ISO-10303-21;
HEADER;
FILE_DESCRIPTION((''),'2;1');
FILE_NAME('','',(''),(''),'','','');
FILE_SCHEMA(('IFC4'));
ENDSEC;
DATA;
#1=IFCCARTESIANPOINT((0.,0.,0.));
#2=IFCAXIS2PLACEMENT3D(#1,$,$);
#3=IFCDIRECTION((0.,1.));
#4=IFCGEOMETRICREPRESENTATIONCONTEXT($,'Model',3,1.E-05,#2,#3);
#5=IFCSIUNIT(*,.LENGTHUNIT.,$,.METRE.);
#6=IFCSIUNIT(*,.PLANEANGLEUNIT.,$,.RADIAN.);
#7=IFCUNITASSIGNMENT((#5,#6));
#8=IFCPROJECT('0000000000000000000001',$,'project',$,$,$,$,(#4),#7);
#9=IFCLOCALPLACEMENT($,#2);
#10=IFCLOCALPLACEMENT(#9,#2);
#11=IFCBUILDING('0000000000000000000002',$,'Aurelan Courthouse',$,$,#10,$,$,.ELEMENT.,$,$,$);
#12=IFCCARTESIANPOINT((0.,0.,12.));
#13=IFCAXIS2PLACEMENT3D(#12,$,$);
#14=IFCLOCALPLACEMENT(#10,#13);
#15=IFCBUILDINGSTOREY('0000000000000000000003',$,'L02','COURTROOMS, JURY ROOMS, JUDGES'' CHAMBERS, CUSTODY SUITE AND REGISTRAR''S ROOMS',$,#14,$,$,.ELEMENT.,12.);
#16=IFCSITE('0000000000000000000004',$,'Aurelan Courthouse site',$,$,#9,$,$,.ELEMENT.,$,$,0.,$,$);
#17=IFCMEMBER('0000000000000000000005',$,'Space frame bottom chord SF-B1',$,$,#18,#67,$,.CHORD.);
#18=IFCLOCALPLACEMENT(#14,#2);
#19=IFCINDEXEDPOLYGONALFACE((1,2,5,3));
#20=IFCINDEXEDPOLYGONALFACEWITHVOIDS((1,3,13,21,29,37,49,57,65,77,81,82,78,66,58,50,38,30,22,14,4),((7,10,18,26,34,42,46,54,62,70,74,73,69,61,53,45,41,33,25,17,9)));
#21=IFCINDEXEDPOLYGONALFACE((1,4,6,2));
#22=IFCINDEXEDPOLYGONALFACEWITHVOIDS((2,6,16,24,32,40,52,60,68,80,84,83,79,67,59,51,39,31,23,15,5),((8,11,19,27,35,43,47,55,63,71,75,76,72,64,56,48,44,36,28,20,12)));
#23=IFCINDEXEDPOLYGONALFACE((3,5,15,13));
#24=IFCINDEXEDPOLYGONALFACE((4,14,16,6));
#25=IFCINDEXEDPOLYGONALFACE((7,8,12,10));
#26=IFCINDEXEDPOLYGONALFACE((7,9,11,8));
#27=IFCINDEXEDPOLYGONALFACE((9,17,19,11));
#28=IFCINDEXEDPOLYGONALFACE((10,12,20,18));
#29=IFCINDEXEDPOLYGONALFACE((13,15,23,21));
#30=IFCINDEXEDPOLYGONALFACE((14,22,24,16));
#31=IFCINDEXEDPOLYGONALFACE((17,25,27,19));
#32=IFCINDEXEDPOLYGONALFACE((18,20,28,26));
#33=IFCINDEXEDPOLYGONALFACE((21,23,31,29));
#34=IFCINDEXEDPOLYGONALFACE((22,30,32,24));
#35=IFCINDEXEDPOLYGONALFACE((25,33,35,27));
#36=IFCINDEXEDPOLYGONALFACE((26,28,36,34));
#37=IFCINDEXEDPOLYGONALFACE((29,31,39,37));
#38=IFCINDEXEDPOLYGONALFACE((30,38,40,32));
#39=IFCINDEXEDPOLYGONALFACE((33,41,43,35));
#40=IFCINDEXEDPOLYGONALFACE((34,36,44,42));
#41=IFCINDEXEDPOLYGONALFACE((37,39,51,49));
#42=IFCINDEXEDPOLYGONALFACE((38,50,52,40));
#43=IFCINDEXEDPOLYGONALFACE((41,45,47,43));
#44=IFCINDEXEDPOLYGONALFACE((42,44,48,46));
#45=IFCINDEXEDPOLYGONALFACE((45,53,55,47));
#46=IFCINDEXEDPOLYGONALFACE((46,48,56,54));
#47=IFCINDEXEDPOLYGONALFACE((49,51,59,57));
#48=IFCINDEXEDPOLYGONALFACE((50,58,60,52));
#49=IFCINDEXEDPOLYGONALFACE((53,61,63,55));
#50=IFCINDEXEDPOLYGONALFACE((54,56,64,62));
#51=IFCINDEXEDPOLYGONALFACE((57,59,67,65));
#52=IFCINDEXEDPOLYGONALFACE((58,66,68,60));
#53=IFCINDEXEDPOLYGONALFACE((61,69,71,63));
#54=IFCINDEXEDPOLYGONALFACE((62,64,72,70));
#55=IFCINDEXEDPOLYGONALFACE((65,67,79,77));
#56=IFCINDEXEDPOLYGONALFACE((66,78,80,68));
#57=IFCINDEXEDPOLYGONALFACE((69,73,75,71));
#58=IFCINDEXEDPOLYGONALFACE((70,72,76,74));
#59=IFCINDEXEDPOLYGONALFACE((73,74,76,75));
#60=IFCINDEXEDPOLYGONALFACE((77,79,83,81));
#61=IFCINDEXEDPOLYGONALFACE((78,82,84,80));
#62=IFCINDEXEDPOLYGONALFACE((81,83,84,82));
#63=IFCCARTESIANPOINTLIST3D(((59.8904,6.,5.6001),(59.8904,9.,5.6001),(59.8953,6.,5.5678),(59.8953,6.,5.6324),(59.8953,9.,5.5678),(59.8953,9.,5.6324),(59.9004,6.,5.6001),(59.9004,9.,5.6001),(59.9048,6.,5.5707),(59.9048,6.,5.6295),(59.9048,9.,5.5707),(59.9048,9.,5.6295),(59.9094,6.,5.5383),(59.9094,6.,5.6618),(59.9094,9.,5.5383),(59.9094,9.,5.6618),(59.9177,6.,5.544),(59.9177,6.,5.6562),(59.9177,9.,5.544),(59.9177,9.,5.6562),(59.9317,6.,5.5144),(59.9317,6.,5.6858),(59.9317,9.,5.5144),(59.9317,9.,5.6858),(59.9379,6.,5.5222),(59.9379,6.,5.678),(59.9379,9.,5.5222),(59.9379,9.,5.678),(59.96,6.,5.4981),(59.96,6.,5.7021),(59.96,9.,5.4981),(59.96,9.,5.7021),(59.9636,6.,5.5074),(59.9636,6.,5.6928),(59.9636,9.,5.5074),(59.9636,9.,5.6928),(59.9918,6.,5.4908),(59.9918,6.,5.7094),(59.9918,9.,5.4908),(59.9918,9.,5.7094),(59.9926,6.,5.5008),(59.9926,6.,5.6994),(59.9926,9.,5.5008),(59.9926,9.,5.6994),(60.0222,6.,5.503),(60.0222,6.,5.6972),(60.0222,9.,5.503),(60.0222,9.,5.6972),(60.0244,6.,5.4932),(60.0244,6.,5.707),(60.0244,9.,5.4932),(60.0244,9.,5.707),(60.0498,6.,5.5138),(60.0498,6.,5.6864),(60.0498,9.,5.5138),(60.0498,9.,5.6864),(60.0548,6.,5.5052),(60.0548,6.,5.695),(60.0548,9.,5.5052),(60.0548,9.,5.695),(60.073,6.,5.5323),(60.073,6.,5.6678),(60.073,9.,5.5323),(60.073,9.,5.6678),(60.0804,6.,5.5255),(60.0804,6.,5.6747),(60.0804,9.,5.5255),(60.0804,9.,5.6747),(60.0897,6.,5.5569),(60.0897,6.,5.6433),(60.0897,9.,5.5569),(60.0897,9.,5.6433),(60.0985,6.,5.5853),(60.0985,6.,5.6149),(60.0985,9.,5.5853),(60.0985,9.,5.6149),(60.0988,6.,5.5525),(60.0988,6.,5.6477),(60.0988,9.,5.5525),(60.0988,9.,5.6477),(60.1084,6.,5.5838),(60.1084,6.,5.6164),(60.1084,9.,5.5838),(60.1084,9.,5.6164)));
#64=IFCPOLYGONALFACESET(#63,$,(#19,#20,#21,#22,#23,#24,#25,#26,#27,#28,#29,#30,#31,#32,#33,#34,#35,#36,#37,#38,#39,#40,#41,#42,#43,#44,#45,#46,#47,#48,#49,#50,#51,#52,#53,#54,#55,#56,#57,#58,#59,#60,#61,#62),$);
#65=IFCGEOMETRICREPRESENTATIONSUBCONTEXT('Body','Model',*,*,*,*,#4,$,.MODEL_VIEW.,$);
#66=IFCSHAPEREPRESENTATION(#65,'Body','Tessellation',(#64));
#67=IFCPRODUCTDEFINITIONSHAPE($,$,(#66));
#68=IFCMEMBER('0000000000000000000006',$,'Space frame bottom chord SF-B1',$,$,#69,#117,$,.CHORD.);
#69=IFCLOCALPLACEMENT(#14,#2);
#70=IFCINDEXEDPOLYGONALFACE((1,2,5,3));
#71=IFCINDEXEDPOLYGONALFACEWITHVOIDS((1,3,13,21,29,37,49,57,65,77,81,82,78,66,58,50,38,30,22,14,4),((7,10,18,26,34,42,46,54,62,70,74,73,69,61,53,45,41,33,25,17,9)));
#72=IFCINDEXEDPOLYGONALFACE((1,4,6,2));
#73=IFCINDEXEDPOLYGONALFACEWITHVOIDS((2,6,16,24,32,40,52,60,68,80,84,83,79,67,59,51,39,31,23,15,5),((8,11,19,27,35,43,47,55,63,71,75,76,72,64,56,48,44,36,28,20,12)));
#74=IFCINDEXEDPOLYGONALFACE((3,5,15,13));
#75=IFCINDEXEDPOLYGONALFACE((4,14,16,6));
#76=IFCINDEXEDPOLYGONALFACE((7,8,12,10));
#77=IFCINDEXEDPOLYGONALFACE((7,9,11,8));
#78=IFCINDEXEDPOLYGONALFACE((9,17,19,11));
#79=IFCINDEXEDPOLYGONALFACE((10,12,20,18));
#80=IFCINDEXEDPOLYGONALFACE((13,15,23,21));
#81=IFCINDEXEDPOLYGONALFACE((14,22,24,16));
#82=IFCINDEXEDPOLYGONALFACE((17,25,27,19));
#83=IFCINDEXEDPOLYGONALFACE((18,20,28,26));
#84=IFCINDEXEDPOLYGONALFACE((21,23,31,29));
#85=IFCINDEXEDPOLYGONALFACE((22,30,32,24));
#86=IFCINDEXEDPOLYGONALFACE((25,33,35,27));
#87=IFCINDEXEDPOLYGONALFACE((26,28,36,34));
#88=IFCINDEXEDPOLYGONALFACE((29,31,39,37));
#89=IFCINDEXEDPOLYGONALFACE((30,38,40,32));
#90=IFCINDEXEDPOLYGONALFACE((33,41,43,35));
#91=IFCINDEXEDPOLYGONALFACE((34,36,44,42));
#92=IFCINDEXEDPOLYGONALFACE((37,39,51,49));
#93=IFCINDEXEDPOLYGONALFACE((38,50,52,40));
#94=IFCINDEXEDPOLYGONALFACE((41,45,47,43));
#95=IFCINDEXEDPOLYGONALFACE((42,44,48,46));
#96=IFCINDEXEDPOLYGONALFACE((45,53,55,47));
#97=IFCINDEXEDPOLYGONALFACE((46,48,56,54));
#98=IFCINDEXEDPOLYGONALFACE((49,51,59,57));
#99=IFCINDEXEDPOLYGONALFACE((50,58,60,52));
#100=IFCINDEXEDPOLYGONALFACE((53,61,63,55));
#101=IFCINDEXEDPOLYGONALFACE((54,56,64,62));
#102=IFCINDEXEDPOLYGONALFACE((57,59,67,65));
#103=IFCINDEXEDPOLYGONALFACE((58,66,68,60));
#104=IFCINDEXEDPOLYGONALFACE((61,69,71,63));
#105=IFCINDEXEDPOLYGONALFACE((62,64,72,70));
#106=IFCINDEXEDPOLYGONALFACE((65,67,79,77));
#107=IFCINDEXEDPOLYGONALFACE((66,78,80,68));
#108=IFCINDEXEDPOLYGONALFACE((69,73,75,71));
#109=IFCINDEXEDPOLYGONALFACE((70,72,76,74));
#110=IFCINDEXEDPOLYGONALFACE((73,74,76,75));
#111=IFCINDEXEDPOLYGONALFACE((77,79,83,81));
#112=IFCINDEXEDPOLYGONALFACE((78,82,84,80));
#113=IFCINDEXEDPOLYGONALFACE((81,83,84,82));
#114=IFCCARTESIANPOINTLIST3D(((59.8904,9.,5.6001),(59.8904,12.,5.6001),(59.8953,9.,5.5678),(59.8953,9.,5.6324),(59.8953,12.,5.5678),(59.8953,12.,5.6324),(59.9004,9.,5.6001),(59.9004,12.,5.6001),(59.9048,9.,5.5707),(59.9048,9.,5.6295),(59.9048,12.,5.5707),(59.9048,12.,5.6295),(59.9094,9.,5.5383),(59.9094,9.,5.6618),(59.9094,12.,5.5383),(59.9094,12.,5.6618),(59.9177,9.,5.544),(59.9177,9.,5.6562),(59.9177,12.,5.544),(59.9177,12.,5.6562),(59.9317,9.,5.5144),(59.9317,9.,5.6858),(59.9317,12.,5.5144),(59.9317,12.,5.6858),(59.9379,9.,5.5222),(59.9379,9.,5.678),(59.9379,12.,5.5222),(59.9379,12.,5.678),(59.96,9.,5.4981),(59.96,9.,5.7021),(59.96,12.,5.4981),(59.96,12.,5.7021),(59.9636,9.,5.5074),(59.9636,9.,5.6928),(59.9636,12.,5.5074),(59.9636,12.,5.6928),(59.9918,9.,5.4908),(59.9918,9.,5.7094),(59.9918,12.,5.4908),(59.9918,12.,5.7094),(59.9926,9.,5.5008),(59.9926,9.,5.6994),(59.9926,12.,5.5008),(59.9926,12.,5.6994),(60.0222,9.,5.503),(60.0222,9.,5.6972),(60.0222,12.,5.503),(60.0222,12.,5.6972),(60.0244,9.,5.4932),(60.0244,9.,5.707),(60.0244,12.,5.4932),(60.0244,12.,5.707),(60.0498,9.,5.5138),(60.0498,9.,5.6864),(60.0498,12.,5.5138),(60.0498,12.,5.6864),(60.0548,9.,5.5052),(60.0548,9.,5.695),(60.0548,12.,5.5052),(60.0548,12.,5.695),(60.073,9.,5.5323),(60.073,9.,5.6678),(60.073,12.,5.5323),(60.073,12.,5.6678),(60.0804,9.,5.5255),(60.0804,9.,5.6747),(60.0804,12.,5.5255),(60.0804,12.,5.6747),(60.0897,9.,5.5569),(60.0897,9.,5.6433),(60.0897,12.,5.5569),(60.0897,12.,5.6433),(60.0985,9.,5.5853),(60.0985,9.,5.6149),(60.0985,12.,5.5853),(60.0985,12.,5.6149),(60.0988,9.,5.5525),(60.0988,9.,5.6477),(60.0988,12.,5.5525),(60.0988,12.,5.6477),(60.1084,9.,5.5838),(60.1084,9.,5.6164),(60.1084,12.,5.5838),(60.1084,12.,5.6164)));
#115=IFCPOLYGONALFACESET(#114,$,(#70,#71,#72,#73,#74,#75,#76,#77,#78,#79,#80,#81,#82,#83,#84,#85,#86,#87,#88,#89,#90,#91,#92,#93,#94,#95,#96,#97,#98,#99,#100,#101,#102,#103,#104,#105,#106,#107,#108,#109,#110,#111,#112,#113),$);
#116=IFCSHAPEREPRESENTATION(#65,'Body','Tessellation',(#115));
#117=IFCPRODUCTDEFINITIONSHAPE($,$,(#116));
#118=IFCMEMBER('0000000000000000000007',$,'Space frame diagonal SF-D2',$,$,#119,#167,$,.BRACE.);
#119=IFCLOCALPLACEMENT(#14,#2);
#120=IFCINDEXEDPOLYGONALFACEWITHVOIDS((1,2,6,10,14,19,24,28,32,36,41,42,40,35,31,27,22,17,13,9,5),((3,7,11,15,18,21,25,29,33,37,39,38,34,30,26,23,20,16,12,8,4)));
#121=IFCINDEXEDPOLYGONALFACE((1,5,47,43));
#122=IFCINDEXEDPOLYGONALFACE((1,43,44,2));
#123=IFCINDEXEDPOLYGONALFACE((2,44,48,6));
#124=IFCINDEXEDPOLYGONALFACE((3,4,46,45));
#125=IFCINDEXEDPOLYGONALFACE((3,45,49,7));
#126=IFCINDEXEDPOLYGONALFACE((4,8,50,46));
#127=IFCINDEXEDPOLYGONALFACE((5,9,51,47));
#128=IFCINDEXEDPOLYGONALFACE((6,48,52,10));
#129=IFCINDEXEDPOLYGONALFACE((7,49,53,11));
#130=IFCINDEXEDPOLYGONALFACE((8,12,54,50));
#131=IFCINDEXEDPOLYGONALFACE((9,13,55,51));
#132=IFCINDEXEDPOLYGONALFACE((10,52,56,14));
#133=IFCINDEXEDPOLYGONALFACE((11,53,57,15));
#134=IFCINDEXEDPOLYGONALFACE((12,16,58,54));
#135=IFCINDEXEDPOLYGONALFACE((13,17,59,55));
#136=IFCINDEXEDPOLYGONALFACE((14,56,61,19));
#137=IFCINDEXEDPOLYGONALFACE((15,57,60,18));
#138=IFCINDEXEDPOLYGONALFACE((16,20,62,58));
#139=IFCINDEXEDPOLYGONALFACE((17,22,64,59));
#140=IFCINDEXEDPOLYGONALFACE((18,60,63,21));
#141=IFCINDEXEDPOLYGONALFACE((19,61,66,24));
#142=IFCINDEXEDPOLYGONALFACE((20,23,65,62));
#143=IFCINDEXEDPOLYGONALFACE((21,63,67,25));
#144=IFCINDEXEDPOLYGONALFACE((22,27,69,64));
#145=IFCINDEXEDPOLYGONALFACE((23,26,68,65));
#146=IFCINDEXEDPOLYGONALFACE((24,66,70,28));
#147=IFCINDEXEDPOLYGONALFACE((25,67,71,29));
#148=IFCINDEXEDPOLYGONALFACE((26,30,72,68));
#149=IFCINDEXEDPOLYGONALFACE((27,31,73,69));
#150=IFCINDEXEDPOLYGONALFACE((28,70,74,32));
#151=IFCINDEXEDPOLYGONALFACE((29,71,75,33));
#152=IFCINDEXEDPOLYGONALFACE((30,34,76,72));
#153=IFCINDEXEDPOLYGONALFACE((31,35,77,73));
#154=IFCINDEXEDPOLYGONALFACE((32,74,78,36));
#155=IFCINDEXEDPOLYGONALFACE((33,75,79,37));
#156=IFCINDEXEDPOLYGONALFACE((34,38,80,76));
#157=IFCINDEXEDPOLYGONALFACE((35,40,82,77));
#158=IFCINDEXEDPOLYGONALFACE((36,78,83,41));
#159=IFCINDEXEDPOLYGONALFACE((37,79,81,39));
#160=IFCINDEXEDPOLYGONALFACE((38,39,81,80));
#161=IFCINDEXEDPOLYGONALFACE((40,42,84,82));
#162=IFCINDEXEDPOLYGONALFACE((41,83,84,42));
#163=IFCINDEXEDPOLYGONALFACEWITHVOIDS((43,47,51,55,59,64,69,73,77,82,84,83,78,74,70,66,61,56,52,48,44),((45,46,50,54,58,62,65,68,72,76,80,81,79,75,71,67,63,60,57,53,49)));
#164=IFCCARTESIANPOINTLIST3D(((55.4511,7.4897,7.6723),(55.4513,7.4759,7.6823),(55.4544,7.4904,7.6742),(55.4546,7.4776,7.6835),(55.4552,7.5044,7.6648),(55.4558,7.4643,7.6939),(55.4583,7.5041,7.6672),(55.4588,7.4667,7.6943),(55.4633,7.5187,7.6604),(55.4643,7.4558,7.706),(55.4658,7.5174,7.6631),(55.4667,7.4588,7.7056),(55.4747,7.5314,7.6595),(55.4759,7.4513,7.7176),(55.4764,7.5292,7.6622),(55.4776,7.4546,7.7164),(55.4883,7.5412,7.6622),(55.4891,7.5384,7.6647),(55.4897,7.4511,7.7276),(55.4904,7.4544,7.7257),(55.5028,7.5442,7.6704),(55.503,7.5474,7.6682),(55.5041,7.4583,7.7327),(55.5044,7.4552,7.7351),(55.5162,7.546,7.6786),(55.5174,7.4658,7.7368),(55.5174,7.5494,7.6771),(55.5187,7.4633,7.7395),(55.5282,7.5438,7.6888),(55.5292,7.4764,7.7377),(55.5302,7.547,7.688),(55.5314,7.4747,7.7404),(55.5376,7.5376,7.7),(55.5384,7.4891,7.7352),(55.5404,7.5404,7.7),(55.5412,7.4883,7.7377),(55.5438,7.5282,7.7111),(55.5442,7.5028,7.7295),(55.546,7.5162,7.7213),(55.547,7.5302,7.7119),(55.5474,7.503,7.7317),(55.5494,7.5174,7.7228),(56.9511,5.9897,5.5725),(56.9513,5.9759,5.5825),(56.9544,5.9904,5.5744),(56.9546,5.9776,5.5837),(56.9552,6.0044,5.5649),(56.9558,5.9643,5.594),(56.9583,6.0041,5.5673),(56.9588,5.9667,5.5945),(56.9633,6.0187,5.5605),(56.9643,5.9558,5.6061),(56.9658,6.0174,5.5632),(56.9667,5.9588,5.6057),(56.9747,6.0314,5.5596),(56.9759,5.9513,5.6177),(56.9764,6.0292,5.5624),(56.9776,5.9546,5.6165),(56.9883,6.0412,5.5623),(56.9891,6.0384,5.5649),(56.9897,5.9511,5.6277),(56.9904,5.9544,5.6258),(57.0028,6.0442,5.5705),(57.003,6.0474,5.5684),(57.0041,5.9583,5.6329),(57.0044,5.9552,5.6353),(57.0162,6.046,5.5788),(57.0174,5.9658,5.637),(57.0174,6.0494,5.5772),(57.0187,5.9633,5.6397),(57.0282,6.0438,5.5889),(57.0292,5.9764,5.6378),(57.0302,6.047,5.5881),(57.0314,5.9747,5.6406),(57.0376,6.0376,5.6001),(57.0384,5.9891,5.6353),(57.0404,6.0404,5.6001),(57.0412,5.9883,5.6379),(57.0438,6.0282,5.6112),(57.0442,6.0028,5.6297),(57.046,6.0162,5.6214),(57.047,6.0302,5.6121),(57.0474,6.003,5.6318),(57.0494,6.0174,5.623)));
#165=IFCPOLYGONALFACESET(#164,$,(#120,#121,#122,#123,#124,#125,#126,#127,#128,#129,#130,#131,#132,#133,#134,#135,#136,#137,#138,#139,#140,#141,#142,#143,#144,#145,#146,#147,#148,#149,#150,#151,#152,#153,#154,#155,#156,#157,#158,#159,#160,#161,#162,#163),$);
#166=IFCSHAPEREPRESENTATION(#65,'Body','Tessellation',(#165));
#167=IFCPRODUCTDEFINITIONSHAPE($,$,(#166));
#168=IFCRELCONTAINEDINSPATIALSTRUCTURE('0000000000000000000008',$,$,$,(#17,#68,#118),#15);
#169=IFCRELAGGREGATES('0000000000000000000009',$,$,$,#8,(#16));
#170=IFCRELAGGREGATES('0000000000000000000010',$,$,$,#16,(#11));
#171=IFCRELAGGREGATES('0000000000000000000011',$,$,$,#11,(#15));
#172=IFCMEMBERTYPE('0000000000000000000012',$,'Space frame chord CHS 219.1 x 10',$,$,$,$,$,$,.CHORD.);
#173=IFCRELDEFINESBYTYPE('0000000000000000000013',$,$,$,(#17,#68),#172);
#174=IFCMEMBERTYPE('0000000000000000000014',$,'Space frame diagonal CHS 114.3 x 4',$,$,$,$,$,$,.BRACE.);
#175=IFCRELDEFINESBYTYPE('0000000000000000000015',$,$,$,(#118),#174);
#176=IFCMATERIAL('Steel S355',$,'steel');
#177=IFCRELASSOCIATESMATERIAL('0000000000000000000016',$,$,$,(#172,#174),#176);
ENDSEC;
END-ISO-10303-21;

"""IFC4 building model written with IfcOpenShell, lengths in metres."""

from ifc_helpers import new_model, si_unit, direction, frame, origin, origin_2d, place, context, subcontext, project, spatial, hollow_circle, extrude, material, material_profile, profile_set, type_object, element, save


model = new_model("IFC4")

# Units and contexts
model_context = context("Model", 3, precision=1e-05, world=origin(), true_north=direction((0.0, 1.0)))
body_context = subcontext(model_context, "Body", "Model", "MODEL_VIEW")
ifc_project = project(units=[si_unit("LENGTHUNIT", "METRE"), si_unit("PLANEANGLEUNIT", "RADIAN")], contexts=[model_context])

# Site, building, storey
site_placement = place(None, origin())
site = spatial("IfcSite", under=ifc_project, at=site_placement, Name="Aurelan Courthouse site", CompositionType="ELEMENT", RefElevation=0.0)
building_placement = place(site_placement, origin())
building = spatial("IfcBuilding", under=site, at=building_placement, Name="Aurelan Courthouse", CompositionType="ELEMENT")
storey_placement = place(building_placement, frame((0.0, 0.0, 12.0)))
storey = spatial("IfcBuildingStorey", under=building, at=storey_placement, Name="L02", Description="COURTROOMS, JURY ROOMS, JUDGES' CHAMBERS, CUSTODY SUITE AND REGISTRAR'S ROOMS", CompositionType="ELEMENT", Elevation=12.0)

# Members
ifc_material_1 = material(Name="Steel S355", Category="steel")
ifc_material_profile_1 = material_profile(ifc_material_1, hollow_circle(Radius=0.1096, WallThickness=0.01, at=origin_2d()), Name="CHS 219.1 x 10")
ifc_profile_set_1 = profile_set([ifc_material_profile_1], Name="Steel S355")
member_type_1 = type_object("IfcMemberType", Name="Space frame chord CHS 219.1 x 10", PredefinedType="CHORD", material=ifc_profile_set_1)
for number, where, z_axis, x_axis, name in (
    (1, (60.0, 6.0, 5.6001), (0.0, 1.0, 0.0), (-1.0, 0.0, 0.0), "Space frame bottom chord SF-B1"),
    (2, (60.0, 9.0, 5.6001), (0.0, 1.0, 0.0), (-1.0, 0.0, 0.0), "Space frame bottom chord SF-B1"),
):
    element("IfcMember", number, at=place(storey_placement, frame(where, z_axis=z_axis, x_axis=x_axis)), inside=storey, type_object=member_type_1, Name=name, PredefinedType="CHORD", context=body_context, shape_type="SweptSolid", body=[
        extrude(hollow_circle(Radius=0.1096, WallThickness=0.01, at=origin_2d()), origin(), (0.0, 0.0, 1.0), 3.0),
    ])
ifc_material_profile_2 = material_profile(ifc_material_1, hollow_circle(Radius=0.0571, WallThickness=0.0039, at=origin_2d()), Name="CHS 114.3 x 4")
ifc_profile_set_2 = profile_set([ifc_material_profile_2], Name="Steel S355")
member_type_2 = type_object("IfcMemberType", Name="Space frame diagonal CHS 114.3 x 4", PredefinedType="BRACE", material=ifc_profile_set_2)
for number, where, z_axis, x_axis, name in (
    (3, (55.5, 7.5, 7.7), (0.502536, -0.502536, -0.703502), (0.707107, 0.707107, 0.0), "Space frame diagonal SF-D2"),
):
    element("IfcMember", number, at=place(storey_placement, frame(where, z_axis=z_axis, x_axis=x_axis)), inside=storey, type_object=member_type_2, Name=name, PredefinedType="BRACE", context=body_context, shape_type="SweptSolid", body=[
        extrude(hollow_circle(Radius=0.0571, WallThickness=0.0039, at=origin_2d()), origin(), (0.0, 0.0, 1.0), 2.9849),
    ])

save(model, "model.ifc")
